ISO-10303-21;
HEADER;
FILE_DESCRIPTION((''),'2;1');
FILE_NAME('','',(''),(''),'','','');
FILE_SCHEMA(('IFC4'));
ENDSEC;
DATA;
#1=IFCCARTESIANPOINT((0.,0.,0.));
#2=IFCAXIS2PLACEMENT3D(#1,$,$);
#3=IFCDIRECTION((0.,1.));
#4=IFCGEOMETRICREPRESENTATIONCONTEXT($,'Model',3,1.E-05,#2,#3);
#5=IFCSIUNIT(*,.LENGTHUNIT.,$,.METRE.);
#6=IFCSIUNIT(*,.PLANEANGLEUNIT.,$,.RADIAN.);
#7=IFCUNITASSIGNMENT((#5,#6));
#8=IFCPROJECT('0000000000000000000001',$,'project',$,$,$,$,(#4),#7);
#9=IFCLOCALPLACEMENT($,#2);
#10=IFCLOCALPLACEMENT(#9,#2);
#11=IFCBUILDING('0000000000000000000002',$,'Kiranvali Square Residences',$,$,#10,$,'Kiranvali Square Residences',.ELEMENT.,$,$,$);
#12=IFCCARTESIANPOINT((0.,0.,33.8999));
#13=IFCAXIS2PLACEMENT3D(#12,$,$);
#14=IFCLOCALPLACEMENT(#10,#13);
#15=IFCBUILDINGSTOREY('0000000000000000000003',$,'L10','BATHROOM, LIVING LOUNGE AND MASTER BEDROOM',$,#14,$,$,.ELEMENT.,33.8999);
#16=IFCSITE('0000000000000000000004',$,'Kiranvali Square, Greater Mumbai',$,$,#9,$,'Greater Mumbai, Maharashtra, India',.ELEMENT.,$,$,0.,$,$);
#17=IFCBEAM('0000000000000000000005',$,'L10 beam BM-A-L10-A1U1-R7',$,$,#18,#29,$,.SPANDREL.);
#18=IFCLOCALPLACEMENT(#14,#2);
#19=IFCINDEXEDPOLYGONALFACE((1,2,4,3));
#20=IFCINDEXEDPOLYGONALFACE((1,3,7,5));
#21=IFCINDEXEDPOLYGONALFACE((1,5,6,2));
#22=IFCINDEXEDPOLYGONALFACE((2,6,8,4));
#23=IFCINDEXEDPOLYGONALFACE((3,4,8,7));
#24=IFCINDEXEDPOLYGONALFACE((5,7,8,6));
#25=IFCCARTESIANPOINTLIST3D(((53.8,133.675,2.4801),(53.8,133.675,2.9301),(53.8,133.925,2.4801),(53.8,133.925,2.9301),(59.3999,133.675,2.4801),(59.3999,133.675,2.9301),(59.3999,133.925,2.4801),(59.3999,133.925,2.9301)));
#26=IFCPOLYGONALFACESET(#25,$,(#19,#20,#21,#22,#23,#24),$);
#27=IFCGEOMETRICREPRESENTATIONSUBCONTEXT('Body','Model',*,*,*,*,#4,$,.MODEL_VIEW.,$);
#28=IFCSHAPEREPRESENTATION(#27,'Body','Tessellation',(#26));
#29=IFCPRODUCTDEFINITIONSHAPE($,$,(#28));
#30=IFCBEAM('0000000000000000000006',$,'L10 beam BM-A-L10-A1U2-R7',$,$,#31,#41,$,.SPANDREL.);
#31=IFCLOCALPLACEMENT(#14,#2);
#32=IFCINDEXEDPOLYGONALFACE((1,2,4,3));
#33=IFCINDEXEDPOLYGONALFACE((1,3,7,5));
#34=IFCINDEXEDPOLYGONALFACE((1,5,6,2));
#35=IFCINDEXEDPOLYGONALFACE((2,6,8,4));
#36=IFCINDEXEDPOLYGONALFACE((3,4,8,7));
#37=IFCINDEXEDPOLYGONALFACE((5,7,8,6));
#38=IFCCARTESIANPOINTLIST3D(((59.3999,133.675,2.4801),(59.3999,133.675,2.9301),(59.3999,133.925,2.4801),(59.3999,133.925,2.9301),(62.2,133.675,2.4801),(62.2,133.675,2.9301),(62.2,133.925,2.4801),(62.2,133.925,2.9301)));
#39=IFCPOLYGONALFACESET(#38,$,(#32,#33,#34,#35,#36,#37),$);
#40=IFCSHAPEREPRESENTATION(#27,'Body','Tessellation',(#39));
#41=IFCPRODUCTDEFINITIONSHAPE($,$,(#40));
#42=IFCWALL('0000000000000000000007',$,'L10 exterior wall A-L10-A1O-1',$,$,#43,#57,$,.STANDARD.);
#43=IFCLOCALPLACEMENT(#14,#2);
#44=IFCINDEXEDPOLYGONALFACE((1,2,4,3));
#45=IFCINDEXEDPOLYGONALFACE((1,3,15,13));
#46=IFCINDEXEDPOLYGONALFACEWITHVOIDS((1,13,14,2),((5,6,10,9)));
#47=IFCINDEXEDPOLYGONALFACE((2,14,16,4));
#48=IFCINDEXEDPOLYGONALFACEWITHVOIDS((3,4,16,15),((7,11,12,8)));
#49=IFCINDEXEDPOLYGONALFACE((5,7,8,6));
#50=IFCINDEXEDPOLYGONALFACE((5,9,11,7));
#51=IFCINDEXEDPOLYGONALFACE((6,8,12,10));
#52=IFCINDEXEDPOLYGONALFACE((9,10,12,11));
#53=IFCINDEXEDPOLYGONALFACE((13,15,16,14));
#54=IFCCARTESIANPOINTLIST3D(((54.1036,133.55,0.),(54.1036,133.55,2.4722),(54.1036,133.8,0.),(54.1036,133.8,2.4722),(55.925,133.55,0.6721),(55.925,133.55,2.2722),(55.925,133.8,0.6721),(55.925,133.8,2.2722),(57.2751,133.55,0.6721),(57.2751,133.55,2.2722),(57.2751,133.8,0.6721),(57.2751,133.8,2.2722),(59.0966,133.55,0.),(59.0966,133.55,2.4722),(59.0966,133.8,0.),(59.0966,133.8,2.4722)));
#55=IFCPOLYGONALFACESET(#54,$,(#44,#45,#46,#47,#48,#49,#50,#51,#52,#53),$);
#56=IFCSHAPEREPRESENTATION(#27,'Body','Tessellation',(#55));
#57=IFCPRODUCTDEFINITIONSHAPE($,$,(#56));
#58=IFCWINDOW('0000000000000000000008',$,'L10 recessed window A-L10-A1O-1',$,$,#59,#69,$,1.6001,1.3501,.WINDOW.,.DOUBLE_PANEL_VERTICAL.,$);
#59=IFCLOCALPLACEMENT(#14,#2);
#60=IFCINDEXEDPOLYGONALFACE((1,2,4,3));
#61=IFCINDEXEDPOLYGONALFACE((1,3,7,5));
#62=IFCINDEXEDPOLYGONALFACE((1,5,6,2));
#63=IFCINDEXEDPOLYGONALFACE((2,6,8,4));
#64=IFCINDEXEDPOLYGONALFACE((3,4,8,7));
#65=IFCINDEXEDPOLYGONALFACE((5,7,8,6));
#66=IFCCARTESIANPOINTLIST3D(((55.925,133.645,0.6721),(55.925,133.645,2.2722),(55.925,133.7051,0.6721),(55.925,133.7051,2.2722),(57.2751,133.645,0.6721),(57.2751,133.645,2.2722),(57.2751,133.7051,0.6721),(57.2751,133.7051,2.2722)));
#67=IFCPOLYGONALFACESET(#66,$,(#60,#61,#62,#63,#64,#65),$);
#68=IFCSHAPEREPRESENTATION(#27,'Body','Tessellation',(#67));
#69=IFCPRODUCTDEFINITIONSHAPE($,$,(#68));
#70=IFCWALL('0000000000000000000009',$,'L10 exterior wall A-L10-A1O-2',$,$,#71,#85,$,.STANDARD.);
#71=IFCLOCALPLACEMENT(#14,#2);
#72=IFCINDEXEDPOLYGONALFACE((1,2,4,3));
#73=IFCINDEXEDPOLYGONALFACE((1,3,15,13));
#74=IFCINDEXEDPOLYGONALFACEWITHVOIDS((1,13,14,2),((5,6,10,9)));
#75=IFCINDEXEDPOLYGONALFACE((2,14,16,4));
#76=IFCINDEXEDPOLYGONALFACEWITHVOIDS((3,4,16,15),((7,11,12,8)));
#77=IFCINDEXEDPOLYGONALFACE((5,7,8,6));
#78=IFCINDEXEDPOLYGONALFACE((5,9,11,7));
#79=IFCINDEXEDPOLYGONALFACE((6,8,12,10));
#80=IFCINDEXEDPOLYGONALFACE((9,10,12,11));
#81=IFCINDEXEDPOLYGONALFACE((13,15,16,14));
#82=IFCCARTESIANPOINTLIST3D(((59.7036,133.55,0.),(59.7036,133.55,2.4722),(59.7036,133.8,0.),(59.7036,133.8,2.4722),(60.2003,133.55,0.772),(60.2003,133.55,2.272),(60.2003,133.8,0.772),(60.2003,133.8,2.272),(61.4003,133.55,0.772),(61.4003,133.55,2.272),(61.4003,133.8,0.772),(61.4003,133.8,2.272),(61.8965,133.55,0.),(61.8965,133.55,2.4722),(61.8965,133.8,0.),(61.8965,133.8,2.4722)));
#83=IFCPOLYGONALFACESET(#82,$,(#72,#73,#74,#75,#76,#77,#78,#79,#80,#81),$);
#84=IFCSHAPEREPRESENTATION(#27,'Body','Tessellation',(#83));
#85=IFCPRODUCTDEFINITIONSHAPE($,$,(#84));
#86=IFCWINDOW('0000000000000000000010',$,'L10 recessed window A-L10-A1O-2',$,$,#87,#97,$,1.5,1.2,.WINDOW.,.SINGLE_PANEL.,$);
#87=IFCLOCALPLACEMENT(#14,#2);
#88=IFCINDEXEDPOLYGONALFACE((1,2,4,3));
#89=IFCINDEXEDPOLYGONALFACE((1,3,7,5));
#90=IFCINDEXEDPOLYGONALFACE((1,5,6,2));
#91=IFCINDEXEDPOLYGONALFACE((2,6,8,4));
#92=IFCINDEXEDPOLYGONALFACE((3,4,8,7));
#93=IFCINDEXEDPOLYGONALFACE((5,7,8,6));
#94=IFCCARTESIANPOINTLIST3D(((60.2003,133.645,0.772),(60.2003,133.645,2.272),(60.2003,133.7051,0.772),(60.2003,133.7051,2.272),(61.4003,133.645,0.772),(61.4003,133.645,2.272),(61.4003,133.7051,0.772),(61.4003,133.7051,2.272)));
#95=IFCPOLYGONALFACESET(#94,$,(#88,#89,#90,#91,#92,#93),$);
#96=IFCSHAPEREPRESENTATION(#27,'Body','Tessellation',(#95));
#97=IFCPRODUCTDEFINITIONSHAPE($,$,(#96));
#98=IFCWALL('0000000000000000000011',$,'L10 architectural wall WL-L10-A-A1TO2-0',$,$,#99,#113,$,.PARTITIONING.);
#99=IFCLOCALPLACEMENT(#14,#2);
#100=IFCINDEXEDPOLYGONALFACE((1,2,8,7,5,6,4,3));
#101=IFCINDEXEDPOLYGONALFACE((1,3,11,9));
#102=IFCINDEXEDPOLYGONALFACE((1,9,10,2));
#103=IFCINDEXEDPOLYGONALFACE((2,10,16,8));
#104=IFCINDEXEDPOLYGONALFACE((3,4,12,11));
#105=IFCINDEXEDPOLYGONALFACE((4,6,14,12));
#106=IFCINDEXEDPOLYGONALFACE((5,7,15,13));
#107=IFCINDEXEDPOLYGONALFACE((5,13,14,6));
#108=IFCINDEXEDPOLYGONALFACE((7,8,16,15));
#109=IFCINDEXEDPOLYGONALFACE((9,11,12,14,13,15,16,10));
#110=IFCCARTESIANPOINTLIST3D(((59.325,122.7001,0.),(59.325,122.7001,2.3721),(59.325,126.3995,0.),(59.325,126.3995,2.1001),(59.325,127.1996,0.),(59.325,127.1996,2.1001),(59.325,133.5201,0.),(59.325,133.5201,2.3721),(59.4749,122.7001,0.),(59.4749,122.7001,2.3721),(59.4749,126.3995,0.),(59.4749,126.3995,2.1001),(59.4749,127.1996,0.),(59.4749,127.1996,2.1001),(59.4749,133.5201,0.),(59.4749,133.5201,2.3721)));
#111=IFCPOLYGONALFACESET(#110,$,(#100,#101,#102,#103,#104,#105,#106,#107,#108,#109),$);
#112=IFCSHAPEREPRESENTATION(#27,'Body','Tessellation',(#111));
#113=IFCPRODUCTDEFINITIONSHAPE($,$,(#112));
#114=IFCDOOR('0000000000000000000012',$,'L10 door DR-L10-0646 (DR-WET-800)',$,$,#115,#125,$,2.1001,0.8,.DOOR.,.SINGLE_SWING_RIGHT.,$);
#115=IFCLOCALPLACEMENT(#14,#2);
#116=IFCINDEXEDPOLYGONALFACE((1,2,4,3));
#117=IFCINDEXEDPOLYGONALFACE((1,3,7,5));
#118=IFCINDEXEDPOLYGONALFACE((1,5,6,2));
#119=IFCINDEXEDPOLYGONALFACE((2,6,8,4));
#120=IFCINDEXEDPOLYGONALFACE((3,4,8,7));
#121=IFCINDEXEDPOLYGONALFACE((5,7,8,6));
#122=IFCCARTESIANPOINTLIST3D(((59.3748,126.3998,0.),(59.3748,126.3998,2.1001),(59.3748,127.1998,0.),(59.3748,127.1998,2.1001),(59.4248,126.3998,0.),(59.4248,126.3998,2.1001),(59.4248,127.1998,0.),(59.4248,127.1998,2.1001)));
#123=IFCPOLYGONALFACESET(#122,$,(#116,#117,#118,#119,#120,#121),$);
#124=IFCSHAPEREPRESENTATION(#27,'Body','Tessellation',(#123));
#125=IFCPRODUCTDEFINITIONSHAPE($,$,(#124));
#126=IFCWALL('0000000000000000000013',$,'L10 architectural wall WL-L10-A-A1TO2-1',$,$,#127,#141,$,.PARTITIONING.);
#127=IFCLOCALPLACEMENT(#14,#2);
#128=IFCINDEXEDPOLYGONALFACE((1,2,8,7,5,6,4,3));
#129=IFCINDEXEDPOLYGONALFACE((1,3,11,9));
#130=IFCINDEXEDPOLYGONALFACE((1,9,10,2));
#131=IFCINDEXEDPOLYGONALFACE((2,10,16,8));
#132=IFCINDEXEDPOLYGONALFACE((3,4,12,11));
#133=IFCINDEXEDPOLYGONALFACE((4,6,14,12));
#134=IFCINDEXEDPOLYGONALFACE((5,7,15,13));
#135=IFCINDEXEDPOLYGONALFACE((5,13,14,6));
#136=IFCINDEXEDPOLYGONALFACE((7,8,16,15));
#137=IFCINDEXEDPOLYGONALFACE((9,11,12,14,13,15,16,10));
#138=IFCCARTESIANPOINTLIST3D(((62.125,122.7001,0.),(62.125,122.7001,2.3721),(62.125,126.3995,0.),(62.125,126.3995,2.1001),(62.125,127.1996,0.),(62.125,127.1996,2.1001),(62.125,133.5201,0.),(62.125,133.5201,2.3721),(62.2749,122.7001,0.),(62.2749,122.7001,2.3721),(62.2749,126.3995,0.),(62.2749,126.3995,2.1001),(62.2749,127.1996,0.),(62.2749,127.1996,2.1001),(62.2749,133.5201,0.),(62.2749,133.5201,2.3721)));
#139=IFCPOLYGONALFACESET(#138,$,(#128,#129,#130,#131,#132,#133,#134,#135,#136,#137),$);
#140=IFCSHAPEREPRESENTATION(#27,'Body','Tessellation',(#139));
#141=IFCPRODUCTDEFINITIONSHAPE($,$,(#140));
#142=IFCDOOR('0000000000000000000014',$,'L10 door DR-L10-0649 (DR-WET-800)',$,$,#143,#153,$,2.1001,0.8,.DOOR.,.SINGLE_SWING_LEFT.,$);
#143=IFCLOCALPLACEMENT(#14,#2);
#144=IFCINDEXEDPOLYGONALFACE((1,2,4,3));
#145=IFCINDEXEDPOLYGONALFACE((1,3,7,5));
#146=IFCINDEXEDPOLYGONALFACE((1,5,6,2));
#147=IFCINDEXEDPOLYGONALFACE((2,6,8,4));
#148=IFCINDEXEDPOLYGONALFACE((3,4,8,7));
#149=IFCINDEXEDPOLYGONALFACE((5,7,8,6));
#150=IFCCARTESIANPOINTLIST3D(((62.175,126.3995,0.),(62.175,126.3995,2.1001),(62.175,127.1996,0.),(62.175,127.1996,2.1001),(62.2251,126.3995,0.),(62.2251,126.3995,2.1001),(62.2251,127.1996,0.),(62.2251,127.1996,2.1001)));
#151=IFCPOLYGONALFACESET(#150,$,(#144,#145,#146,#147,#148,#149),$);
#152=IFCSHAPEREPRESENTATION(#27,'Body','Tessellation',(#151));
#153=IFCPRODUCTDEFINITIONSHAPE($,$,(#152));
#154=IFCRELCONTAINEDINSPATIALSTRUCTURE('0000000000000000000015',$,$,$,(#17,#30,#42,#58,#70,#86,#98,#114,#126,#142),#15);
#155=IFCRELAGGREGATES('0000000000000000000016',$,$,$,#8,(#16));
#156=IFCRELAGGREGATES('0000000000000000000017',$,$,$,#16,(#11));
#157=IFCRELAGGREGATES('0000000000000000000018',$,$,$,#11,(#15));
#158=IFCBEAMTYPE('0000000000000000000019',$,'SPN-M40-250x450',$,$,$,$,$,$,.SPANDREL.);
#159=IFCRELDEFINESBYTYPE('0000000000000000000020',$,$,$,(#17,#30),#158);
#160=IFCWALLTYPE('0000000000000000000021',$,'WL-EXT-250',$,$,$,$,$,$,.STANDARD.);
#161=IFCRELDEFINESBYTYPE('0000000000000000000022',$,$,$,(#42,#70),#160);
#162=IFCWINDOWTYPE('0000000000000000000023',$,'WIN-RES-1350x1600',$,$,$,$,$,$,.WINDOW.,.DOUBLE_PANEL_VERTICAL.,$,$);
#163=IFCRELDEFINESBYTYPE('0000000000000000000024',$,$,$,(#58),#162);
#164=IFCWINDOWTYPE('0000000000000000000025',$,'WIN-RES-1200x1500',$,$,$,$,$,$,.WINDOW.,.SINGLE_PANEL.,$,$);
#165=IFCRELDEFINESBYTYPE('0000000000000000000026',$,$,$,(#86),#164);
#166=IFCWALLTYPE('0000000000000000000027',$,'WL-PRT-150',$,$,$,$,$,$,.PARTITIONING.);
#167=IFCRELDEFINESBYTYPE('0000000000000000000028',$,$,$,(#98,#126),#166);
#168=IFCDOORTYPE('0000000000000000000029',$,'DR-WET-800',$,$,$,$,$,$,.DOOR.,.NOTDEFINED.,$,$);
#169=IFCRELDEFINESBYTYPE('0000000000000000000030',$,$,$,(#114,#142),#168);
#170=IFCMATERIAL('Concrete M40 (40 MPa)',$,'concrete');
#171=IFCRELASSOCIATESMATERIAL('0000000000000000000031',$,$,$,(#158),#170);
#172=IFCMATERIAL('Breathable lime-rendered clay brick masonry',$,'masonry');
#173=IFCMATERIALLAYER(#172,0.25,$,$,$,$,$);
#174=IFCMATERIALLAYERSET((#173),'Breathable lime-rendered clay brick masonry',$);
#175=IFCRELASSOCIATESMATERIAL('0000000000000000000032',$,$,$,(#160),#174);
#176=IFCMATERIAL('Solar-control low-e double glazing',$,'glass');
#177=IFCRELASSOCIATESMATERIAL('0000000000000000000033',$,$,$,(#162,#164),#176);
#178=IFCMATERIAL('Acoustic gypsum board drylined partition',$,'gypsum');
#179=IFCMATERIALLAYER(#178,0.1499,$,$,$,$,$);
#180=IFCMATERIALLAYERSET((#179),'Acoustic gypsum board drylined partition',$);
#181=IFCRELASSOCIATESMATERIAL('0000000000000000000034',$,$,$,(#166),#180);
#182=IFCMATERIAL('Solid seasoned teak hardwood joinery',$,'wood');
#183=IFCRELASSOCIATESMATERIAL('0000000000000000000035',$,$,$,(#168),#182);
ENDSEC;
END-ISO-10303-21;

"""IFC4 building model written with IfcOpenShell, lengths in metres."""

from ifc_helpers import new_model, si_unit, direction, frame, frame_2d, origin, origin_2d, place, context, subcontext, project, spatial, rectangle, extrude, material, layer, layer_set, material_profile, profile_set, type_object, element, fill, save


model = new_model("IFC4")

# Units and contexts
model_context = context("Model", 3, precision=1e-05, world=origin(), true_north=direction((0.0, 1.0)))
body_context = subcontext(model_context, "Body", "Model", "MODEL_VIEW")
ifc_project = project(units=[si_unit("LENGTHUNIT", "METRE"), si_unit("PLANEANGLEUNIT", "RADIAN")], contexts=[model_context])

# Site, building, storey
site_placement = place(None, origin())
site = spatial("IfcSite", under=ifc_project, at=site_placement, Name="Kiranvali Square, Greater Mumbai", LongName="Greater Mumbai, Maharashtra, India", CompositionType="ELEMENT", RefElevation=0.0)
building_placement = place(site_placement, origin())
building = spatial("IfcBuilding", under=site, at=building_placement, Name="Kiranvali Square Residences", LongName="Kiranvali Square Residences", CompositionType="ELEMENT")
storey_placement = place(building_placement, frame((0.0, 0.0, 33.8999)))
storey = spatial("IfcBuildingStorey", under=building, at=storey_placement, Name="L10", Description="BATHROOM, LIVING LOUNGE AND MASTER BEDROOM", CompositionType="ELEMENT", Elevation=33.8999)

# Shared definitions
ifc_material_1 = material(Name="Concrete M40 (40 MPa)", Category="concrete")

# Beams
ifc_material_profile_1 = material_profile(ifc_material_1, rectangle(XDim=0.25, YDim=0.45, at=origin_2d()), Name="RC 250x450")
ifc_profile_set_1 = profile_set([ifc_material_profile_1], Name="Concrete M40 (40 MPa)")
beam_type_1 = type_object("IfcBeamType", Name="SPN-M40-250x450", PredefinedType="SPANDREL", material=ifc_profile_set_1)
beam_1_placement = place(storey_placement, frame((53.8, 133.8, 2.7051), z_axis=(1.0, 0.0, 0.0), x_axis=(0.0, 1.0, 0.0)))
element("IfcBeam", 1, at=beam_1_placement, inside=storey, type_object=beam_type_1, Name="L10 beam BM-A-L10-A1U1-R7", PredefinedType="SPANDREL", context=body_context, shape_type="SweptSolid", body=[
    extrude(rectangle(XDim=0.25, YDim=0.45, at=origin_2d()), origin(), (0.0, 0.0, 1.0), 5.5999),
])
beam_2_placement = place(storey_placement, frame((59.3999, 133.8, 2.7051), z_axis=(1.0, 0.0, 0.0), x_axis=(0.0, 1.0, 0.0)))
element("IfcBeam", 2, at=beam_2_placement, inside=storey, type_object=beam_type_1, Name="L10 beam BM-A-L10-A1U2-R7", PredefinedType="SPANDREL", context=body_context, shape_type="SweptSolid", body=[
    extrude(rectangle(XDim=0.25, YDim=0.45, at=origin_2d()), origin(), (0.0, 0.0, 1.0), 2.8),
])

# Walls, openings, windows
ifc_material_2 = material(Name="Breathable lime-rendered clay brick masonry", Category="masonry")
ifc_layer_1 = layer(ifc_material_2, 0.25)
ifc_layer_set_1 = layer_set([ifc_layer_1], Name="Breathable lime-rendered clay brick masonry")
wall_type_1 = type_object("IfcWallType", Name="WL-EXT-250", PredefinedType="STANDARD", material=ifc_layer_set_1)
wall_1_placement = place(storey_placement, frame((54.1035, 133.675, 0.0), z_axis=(0.0, 0.0, 1.0), x_axis=(1.0, 0.0, 0.0)))
wall_1 = element("IfcWall", 3, at=wall_1_placement, inside=storey, type_object=wall_type_1, Name="L10 exterior wall A-L10-A1O-1", PredefinedType="STANDARD", context=body_context, shape_type="SweptSolid", body=[
    extrude(rectangle(XDim=4.9929, YDim=0.25, at=frame_2d((2.4966, 0.0))), origin(), (0.0, 0.0, 1.0), 2.4722),
])
opening_1_placement = place(wall_1_placement, frame((1.8215, 0.0, 0.6721)))
opening_1 = element("IfcOpeningElement", 4, at=opening_1_placement, cuts=wall_1, PredefinedType="OPENING", context=body_context, shape_type="SweptSolid", body=[
    extrude(rectangle(XDim=1.3501, YDim=1.6001, at=frame_2d((0.675, 0.8))), frame((0.0, 0.135, 0.0), z_axis=(0.0, -1.0, 0.0), x_axis=(1.0, 0.0, 0.0)), (0.0, 0.0, 1.0), 0.27),
])
ifc_material_3 = material(Name="Solar-control low-e double glazing", Category="glass")
window_type_1 = type_object("IfcWindowType", Name="WIN-RES-1350x1600", PartitioningType="DOUBLE_PANEL_VERTICAL", PredefinedType="WINDOW", material=ifc_material_3)
window_1_placement = place(opening_1_placement, origin())
window_1 = element("IfcWindow", 5, at=window_1_placement, inside=storey, type_object=window_type_1, Name="L10 recessed window A-L10-A1O-1", OverallHeight=1.6001, OverallWidth=1.3501, PartitioningType="DOUBLE_PANEL_VERTICAL", PredefinedType="WINDOW", context=body_context, shape_type="SweptSolid", body=[
    extrude(rectangle(XDim=1.3501, YDim=1.6001, at=frame_2d((0.675, 0.8))), frame((0.0, 0.03, 0.0), z_axis=(0.0, -1.0, 0.0), x_axis=(1.0, 0.0, 0.0)), (0.0, 0.0, 1.0), 0.0601),
])
fill(opening_1, window_1)
wall_2_placement = place(storey_placement, frame((59.7036, 133.675, 0.0), z_axis=(0.0, 0.0, 1.0), x_axis=(1.0, 0.0, 0.0)))
wall_2 = element("IfcWall", 6, at=wall_2_placement, inside=storey, type_object=wall_type_1, Name="L10 exterior wall A-L10-A1O-2", PredefinedType="STANDARD", context=body_context, shape_type="SweptSolid", body=[
    extrude(rectangle(XDim=2.1929, YDim=0.25, at=frame_2d((1.0964, 0.0))), origin(), (0.0, 0.0, 1.0), 2.4722),
])
opening_2_placement = place(wall_2_placement, frame((0.4966, 0.0, 0.772)))
opening_2 = element("IfcOpeningElement", 7, at=opening_2_placement, cuts=wall_2, PredefinedType="OPENING", context=body_context, shape_type="SweptSolid", body=[
    extrude(rectangle(XDim=1.2, YDim=1.5, at=frame_2d((0.6001, 0.75))), frame((0.0, 0.135, 0.0), z_axis=(0.0, -1.0, 0.0), x_axis=(1.0, 0.0, 0.0)), (0.0, 0.0, 1.0), 0.27),
])
window_type_2 = type_object("IfcWindowType", Name="WIN-RES-1200x1500", PartitioningType="SINGLE_PANEL", PredefinedType="WINDOW", material=ifc_material_3)
window_2_placement = place(opening_2_placement, origin())
window_2 = element("IfcWindow", 8, at=window_2_placement, inside=storey, type_object=window_type_2, Name="L10 recessed window A-L10-A1O-2", OverallHeight=1.5, OverallWidth=1.2, PartitioningType="SINGLE_PANEL", PredefinedType="WINDOW", context=body_context, shape_type="SweptSolid", body=[
    extrude(rectangle(XDim=1.2, YDim=1.5, at=frame_2d((0.6001, 0.75))), frame((0.0, 0.03, 0.0), z_axis=(0.0, -1.0, 0.0), x_axis=(1.0, 0.0, 0.0)), (0.0, 0.0, 1.0), 0.0601),
])
fill(opening_2, window_2)

# Walls, openings, doors
ifc_material_4 = material(Name="Acoustic gypsum board drylined partition", Category="gypsum")
ifc_layer_2 = layer(ifc_material_4, 0.1499)
ifc_layer_set_2 = layer_set([ifc_layer_2], Name="Acoustic gypsum board drylined partition")
wall_type_2 = type_object("IfcWallType", Name="WL-PRT-150", PredefinedType="PARTITIONING", material=ifc_layer_set_2)
wall_3_placement = place(storey_placement, frame((59.3999, 122.7, 0.0), z_axis=(0.0, 0.0, 1.0), x_axis=(0.0, 1.0, 0.0)))
wall_3 = element("IfcWall", 9, at=wall_3_placement, inside=storey, type_object=wall_type_2, Name="L10 architectural wall WL-L10-A-A1TO2-0", PredefinedType="PARTITIONING", context=body_context, shape_type="SweptSolid", body=[
    extrude(rectangle(XDim=10.8201, YDim=0.1499, at=frame_2d((5.4102, 0.0))), origin(), (0.0, 0.0, 1.0), 2.3721),
])
opening_3_placement = place(wall_3_placement, frame((3.6997, 0.0, 0.0)))
opening_3 = element("IfcOpeningElement", 10, at=opening_3_placement, cuts=wall_3, PredefinedType="OPENING", context=body_context, shape_type="SweptSolid", body=[
    extrude(rectangle(XDim=0.8, YDim=2.1001, at=frame_2d((0.3999, 1.05))), frame((0.0, 0.085, 0.0), z_axis=(0.0, -1.0, 0.0), x_axis=(1.0, 0.0, 0.0)), (0.0, 0.0, 1.0), 0.1699),
])
ifc_material_5 = material(Name="Solid seasoned teak hardwood joinery", Category="wood")
door_type_1 = type_object("IfcDoorType", Name="DR-WET-800", OperationType="NOTDEFINED", PredefinedType="DOOR", material=ifc_material_5)
door_1_placement = place(opening_3_placement, frame((0.8, 0.0, 0.0), z_axis=(0.0, 0.0, 1.0), x_axis=(-1.0, 0.0, 0.0)))
door_1 = element("IfcDoor", 11, at=door_1_placement, inside=storey, type_object=door_type_1, Name="L10 door DR-L10-0646 (DR-WET-800)", OperationType="SINGLE_SWING_RIGHT", OverallHeight=2.1001, OverallWidth=0.8, PredefinedType="DOOR", context=body_context, shape_type="SweptSolid", body=[
    extrude(rectangle(XDim=0.8, YDim=2.1001, at=frame_2d((0.3999, 1.05))), frame((0.0, 0.0249, 0.0), z_axis=(0.0, -1.0, 0.0), x_axis=(1.0, 0.0, 0.0)), (0.0, 0.0, 1.0), 0.05),
])
fill(opening_3, door_1)
wall_4_placement = place(storey_placement, frame((62.2, 122.7, 0.0), z_axis=(0.0, 0.0, 1.0), x_axis=(0.0, 1.0, 0.0)))
wall_4 = element("IfcWall", 12, at=wall_4_placement, inside=storey, type_object=wall_type_2, Name="L10 architectural wall WL-L10-A-A1TO2-1", PredefinedType="PARTITIONING", context=body_context, shape_type="SweptSolid", body=[
    extrude(rectangle(XDim=10.8201, YDim=0.1499, at=frame_2d((5.4102, 0.0))), origin(), (0.0, 0.0, 1.0), 2.3721),
])
opening_4_placement = place(wall_4_placement, frame((3.6997, 0.0, 0.0)))
opening_4 = element("IfcOpeningElement", 13, at=opening_4_placement, cuts=wall_4, PredefinedType="OPENING", context=body_context, shape_type="SweptSolid", body=[
    extrude(rectangle(XDim=0.8, YDim=2.1001, at=frame_2d((0.3999, 1.05))), frame((0.0, 0.085, 0.0), z_axis=(0.0, -1.0, 0.0), x_axis=(1.0, 0.0, 0.0)), (0.0, 0.0, 1.0), 0.1699),
])
door_2_placement = place(opening_4_placement, origin())
door_2 = element("IfcDoor", 14, at=door_2_placement, inside=storey, type_object=door_type_1, Name="L10 door DR-L10-0649 (DR-WET-800)", OperationType="SINGLE_SWING_LEFT", OverallHeight=2.1001, OverallWidth=0.8, PredefinedType="DOOR", context=body_context, shape_type="SweptSolid", body=[
    extrude(rectangle(XDim=0.8, YDim=2.1001, at=frame_2d((0.3999, 1.05))), frame((0.0, 0.0249, 0.0), z_axis=(0.0, -1.0, 0.0), x_axis=(1.0, 0.0, 0.0)), (0.0, 0.0, 1.0), 0.05),
])
fill(opening_4, door_2)

save(model, "model.ifc")
